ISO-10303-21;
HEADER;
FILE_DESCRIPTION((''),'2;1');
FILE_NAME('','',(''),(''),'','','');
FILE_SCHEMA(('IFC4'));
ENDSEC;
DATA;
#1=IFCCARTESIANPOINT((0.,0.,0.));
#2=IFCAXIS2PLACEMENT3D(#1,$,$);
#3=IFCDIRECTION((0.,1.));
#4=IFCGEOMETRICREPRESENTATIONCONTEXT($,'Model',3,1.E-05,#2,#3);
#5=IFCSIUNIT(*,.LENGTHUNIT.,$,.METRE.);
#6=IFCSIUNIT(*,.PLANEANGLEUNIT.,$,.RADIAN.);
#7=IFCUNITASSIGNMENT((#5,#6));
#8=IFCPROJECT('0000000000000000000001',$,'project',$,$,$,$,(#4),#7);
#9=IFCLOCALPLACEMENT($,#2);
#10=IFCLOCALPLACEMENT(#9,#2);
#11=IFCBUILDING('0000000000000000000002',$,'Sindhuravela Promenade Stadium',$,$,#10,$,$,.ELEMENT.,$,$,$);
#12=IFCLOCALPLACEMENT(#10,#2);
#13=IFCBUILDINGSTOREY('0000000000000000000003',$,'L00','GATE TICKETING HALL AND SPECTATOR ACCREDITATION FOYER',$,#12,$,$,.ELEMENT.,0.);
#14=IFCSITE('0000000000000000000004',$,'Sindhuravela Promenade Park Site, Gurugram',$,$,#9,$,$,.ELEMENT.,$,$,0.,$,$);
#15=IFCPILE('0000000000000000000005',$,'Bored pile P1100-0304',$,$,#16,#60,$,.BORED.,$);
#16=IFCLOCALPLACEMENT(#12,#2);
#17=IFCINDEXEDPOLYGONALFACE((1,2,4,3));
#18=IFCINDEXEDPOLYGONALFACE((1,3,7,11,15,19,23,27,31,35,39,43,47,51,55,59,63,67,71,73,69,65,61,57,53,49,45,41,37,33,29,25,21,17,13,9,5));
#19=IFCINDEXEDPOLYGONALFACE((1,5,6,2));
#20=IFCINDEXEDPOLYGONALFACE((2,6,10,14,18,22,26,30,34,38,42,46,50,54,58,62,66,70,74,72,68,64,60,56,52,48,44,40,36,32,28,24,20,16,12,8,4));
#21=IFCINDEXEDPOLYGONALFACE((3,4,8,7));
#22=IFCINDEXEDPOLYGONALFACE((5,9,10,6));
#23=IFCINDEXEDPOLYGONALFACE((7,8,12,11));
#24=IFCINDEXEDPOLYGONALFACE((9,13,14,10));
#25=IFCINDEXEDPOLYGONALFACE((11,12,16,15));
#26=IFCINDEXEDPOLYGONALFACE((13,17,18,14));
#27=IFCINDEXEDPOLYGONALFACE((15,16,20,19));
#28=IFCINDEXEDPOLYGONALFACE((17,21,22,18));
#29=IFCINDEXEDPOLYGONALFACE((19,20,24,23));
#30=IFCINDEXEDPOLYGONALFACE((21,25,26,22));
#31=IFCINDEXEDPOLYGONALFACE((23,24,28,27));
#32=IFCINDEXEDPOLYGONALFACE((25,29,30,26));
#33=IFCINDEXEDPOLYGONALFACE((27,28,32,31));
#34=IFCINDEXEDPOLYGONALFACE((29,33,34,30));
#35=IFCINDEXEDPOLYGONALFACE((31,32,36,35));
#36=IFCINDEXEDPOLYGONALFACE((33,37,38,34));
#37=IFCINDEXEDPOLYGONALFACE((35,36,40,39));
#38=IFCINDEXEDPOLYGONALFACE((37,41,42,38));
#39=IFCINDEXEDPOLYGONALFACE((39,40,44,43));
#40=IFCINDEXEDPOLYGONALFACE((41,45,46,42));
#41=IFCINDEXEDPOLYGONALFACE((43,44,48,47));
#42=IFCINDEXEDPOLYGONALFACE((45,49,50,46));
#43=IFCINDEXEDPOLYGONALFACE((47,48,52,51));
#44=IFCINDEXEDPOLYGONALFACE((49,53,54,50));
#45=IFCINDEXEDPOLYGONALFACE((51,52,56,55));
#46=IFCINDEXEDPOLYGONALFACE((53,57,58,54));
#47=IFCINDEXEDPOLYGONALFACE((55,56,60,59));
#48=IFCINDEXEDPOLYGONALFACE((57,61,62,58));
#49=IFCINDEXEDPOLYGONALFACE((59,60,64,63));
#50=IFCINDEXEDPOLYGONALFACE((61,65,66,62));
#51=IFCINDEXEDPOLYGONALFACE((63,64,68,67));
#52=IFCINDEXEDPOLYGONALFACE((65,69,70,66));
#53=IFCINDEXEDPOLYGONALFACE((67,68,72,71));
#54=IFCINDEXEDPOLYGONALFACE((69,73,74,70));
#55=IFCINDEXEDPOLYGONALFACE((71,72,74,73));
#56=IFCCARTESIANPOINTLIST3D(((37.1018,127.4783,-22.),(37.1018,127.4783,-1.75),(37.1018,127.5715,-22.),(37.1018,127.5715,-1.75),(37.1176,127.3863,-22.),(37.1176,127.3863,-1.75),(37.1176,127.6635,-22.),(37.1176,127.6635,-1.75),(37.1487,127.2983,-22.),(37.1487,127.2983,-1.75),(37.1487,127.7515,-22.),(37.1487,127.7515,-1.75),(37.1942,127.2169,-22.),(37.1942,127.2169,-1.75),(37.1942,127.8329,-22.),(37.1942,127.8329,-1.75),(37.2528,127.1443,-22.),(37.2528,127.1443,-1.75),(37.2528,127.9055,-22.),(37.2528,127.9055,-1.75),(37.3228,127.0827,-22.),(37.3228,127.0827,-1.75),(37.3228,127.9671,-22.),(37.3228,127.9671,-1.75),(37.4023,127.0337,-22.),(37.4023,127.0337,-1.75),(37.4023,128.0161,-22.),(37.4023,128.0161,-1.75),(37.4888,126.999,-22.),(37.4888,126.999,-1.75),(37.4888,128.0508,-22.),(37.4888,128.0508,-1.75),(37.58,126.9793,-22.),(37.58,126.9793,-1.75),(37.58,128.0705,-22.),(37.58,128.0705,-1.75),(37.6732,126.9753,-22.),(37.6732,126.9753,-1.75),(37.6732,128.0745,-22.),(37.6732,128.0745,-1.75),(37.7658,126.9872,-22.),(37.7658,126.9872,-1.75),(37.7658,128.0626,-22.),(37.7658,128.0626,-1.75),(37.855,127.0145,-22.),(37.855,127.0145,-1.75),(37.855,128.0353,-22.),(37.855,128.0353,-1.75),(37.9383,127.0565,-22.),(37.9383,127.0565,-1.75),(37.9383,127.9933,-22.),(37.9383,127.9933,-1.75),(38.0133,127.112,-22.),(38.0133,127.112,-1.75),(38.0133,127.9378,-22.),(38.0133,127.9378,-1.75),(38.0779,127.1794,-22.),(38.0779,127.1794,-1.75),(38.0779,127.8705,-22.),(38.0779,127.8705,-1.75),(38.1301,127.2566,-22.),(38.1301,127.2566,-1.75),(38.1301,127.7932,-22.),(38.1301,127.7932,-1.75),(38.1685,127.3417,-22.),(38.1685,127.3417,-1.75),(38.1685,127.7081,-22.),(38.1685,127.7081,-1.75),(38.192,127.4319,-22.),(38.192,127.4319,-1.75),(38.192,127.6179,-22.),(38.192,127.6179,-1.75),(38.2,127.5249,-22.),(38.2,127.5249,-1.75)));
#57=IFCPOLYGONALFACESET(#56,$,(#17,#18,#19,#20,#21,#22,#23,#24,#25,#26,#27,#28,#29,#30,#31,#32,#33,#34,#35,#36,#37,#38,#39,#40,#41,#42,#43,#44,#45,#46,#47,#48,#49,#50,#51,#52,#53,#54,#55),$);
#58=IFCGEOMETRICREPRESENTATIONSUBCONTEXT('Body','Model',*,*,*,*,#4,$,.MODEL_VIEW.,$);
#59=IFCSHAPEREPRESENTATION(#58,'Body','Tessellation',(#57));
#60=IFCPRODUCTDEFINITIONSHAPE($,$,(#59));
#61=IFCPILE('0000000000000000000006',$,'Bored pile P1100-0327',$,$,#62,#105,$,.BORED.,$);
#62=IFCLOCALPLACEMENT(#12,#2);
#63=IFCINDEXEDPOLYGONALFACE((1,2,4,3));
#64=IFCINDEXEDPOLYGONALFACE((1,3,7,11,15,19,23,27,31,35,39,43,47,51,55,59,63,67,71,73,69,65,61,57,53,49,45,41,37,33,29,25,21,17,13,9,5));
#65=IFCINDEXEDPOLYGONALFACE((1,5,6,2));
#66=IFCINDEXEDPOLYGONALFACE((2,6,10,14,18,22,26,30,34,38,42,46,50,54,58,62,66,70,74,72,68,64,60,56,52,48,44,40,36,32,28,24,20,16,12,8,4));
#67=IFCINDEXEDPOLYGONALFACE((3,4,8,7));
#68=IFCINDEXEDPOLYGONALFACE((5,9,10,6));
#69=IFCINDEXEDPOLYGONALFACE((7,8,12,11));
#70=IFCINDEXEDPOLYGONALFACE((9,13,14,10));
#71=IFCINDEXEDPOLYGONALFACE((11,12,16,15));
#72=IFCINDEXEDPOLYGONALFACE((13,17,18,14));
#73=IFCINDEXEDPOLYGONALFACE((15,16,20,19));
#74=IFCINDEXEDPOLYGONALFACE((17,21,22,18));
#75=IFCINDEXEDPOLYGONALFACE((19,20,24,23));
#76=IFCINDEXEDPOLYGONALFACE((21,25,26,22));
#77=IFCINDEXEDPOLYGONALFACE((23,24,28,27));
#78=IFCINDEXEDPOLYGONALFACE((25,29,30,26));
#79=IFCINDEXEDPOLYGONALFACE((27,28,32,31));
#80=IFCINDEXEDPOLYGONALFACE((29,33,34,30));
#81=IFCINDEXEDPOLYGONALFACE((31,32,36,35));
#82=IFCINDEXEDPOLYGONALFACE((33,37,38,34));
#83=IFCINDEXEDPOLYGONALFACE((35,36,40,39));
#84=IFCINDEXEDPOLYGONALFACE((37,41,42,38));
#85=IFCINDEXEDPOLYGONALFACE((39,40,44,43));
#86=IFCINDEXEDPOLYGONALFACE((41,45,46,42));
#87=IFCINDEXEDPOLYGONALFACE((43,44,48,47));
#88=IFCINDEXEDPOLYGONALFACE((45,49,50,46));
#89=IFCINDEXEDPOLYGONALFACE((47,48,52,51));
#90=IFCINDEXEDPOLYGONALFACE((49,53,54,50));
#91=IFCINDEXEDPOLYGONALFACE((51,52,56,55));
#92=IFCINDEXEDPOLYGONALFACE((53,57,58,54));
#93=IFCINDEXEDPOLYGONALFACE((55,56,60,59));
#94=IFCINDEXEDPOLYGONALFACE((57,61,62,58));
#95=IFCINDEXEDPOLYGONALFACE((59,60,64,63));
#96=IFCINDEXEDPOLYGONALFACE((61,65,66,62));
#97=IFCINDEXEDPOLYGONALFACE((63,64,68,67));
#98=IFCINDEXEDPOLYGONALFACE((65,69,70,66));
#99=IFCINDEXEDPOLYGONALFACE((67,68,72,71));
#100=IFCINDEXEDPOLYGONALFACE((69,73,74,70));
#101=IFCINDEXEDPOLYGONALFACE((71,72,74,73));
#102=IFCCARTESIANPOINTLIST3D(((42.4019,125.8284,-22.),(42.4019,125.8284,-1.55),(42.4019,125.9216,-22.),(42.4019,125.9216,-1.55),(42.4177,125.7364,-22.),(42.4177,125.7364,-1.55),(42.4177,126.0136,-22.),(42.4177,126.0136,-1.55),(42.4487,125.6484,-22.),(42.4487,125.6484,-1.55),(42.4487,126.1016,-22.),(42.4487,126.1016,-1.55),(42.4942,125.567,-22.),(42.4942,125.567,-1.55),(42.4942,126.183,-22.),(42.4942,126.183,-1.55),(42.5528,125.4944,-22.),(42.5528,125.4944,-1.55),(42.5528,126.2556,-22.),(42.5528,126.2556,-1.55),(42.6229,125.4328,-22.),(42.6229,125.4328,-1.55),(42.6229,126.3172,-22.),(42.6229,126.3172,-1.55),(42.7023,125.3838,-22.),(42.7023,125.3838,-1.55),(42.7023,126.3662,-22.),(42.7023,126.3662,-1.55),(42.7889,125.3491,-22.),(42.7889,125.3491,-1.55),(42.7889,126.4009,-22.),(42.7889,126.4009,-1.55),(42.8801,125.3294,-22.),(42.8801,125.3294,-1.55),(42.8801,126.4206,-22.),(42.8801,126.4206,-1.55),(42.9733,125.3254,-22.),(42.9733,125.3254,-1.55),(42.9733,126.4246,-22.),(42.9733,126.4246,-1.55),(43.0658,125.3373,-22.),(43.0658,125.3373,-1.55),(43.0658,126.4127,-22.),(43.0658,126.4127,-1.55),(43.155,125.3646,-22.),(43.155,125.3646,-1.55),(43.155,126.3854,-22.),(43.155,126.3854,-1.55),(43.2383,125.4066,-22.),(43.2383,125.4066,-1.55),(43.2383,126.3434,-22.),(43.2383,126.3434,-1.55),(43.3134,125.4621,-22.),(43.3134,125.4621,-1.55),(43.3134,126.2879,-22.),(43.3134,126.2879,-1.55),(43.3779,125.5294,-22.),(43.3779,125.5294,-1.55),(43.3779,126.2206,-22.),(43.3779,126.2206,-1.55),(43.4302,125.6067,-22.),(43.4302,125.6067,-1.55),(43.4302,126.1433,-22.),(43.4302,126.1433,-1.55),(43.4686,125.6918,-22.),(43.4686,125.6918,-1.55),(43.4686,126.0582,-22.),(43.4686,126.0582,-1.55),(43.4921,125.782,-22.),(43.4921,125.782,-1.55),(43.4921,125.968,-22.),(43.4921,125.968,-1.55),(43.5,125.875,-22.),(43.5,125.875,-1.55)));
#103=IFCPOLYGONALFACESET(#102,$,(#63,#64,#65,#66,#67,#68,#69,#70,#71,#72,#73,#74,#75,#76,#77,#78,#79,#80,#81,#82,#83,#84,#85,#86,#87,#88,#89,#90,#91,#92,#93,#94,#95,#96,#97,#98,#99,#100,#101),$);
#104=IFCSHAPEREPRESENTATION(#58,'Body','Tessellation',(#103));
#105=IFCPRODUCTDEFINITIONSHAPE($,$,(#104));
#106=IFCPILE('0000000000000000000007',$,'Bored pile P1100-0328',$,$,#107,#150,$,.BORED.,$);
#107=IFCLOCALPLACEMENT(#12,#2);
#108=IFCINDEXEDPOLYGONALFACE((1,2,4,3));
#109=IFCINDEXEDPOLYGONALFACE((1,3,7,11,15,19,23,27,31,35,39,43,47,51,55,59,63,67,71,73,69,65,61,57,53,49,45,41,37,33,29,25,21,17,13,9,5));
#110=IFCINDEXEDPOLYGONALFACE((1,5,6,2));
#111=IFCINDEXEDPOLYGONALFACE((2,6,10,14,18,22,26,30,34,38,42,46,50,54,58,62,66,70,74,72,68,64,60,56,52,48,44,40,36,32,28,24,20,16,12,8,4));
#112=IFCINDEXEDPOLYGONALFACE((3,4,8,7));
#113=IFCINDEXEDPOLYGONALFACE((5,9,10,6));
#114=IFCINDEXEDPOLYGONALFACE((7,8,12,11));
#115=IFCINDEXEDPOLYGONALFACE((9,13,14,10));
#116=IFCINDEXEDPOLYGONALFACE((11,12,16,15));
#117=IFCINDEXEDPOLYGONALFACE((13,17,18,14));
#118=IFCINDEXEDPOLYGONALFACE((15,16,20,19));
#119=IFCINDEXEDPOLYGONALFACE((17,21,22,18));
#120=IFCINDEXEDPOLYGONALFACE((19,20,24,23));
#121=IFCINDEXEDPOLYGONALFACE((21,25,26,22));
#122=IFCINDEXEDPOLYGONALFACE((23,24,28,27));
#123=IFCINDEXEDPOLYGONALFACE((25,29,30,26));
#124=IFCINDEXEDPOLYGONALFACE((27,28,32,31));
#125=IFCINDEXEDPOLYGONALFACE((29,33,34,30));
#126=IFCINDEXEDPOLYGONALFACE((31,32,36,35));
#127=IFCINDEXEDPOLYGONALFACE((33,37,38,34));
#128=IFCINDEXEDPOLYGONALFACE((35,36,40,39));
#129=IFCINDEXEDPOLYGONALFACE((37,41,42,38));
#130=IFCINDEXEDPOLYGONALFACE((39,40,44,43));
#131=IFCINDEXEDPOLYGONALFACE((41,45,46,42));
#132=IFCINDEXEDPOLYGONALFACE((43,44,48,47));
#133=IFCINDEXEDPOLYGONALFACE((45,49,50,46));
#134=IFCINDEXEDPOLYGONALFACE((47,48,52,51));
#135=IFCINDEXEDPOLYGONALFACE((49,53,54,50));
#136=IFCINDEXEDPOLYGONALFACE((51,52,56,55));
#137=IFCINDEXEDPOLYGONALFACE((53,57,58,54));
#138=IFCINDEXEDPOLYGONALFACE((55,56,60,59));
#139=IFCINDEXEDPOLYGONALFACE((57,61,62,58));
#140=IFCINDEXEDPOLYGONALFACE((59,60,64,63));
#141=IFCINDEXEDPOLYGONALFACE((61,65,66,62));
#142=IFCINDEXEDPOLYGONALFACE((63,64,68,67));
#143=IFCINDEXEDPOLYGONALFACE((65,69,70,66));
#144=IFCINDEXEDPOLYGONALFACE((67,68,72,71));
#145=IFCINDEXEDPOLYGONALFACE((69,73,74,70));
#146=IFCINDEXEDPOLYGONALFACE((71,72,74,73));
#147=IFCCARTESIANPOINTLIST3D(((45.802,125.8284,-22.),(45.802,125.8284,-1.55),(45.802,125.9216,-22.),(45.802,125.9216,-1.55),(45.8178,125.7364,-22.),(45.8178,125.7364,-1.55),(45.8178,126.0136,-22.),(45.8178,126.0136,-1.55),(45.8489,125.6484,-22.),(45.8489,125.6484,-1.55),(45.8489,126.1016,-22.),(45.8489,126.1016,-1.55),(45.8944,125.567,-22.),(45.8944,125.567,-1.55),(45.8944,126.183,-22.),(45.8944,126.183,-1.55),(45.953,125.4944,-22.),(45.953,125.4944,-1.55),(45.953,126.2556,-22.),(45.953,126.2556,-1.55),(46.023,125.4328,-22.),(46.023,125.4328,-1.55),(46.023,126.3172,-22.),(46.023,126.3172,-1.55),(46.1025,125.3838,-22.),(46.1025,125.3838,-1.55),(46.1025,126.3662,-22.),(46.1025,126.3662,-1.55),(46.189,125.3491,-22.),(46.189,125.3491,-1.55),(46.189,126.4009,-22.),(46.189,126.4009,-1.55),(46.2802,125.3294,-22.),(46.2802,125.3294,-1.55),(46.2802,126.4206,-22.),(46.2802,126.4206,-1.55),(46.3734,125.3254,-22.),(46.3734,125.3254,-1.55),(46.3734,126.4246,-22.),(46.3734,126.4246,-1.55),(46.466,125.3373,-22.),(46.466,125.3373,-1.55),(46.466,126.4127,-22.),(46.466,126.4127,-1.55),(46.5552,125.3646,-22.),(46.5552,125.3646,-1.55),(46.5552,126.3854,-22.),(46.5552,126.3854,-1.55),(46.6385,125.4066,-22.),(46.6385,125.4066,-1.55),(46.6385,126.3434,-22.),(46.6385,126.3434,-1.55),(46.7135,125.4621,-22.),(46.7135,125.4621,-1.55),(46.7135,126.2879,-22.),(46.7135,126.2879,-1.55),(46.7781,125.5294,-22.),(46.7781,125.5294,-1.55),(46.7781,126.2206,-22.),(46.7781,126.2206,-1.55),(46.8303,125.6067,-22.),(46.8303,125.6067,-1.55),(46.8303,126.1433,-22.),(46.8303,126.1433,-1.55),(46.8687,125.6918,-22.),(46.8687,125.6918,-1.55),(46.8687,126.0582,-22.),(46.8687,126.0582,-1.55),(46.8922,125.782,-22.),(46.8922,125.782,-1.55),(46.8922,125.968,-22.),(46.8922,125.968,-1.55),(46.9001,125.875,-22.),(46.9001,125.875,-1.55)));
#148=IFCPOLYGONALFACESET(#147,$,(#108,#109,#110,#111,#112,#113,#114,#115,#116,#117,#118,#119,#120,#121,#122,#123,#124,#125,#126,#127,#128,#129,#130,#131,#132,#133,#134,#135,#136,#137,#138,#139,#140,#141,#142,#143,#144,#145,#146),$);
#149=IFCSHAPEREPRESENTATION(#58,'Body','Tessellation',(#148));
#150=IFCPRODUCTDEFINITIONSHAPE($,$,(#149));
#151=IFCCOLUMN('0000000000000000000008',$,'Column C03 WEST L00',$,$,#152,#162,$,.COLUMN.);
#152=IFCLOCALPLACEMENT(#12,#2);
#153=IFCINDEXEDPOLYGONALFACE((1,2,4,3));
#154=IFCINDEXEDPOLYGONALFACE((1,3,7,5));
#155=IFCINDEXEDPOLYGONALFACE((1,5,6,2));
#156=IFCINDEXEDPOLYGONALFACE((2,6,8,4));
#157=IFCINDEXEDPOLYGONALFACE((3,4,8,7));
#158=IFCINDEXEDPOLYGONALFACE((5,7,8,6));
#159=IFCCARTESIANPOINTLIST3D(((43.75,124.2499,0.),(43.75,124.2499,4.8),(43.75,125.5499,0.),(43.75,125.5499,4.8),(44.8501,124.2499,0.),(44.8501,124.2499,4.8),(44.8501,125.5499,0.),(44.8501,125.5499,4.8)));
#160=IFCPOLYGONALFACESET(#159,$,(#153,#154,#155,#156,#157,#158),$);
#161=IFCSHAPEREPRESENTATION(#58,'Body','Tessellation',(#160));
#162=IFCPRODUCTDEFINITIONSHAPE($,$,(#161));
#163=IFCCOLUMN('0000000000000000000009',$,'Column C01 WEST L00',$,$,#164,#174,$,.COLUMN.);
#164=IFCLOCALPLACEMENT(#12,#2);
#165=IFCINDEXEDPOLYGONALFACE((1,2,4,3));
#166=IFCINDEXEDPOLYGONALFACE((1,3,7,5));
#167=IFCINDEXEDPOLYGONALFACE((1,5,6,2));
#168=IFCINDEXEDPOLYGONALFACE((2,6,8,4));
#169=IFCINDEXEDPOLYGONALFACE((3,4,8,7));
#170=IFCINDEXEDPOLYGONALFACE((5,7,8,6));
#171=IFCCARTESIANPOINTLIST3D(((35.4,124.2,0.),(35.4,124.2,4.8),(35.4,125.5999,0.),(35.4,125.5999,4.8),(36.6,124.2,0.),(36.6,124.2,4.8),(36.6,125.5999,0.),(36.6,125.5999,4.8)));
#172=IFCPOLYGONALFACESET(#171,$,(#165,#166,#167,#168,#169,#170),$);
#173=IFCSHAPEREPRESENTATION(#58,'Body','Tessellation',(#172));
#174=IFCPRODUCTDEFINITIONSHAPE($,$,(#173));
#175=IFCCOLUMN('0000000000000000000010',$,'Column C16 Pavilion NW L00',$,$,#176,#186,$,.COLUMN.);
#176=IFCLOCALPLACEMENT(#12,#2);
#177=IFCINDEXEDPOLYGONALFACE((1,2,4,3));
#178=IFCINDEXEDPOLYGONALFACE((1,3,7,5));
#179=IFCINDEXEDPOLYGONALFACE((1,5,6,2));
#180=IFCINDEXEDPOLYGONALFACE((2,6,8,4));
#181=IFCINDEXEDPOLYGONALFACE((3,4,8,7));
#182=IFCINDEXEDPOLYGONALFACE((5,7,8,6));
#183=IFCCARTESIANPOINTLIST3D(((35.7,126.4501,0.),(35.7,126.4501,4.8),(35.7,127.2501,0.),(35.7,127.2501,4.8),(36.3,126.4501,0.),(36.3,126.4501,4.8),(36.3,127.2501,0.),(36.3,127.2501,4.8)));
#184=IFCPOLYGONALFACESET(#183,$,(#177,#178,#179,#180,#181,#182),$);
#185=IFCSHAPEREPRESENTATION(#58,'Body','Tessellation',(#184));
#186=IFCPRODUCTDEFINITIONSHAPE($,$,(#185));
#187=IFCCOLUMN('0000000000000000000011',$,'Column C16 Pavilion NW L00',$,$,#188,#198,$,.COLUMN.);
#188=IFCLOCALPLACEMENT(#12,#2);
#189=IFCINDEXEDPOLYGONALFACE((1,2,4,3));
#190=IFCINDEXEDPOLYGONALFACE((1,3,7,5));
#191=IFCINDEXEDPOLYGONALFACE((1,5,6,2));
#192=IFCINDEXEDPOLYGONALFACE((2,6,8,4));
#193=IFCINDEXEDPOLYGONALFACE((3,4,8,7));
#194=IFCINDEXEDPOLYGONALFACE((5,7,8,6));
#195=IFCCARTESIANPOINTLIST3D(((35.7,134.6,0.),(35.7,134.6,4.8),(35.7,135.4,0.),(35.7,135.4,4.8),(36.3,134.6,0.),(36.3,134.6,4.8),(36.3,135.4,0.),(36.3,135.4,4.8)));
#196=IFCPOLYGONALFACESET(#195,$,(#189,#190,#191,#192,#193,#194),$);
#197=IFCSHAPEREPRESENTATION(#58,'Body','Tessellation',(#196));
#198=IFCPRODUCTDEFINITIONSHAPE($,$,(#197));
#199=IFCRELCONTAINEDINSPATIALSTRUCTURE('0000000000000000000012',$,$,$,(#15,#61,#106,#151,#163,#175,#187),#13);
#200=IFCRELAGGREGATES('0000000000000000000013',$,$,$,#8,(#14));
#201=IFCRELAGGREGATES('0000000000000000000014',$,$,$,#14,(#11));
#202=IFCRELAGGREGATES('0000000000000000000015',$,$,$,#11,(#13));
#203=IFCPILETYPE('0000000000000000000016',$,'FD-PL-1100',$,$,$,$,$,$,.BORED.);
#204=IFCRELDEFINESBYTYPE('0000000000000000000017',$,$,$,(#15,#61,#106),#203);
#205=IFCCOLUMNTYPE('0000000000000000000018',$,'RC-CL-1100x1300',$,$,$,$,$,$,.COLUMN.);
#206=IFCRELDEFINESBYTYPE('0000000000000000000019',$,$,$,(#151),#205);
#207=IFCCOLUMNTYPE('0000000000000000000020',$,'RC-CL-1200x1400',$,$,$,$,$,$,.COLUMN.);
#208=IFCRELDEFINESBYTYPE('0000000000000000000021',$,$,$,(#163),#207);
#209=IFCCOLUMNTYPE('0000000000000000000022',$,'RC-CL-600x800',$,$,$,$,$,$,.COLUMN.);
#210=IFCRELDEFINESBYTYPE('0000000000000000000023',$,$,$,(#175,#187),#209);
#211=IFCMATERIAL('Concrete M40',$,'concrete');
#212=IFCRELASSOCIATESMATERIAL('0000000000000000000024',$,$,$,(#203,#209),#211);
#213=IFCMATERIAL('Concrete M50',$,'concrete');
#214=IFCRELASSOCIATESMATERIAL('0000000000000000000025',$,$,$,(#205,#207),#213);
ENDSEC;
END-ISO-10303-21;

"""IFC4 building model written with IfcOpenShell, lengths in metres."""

from ifc_helpers import new_model, si_unit, direction, frame, origin, origin_2d, place, context, subcontext, project, spatial, rectangle, circle, extrude, material, material_profile, profile_set, type_object, element, save


model = new_model("IFC4")

# Units and contexts
model_context = context("Model", 3, precision=1e-05, world=origin(), true_north=direction((0.0, 1.0)))
body_context = subcontext(model_context, "Body", "Model", "MODEL_VIEW")
ifc_project = project(units=[si_unit("LENGTHUNIT", "METRE"), si_unit("PLANEANGLEUNIT", "RADIAN")], contexts=[model_context])

# Site, building, storey
site_placement = place(None, origin())
site = spatial("IfcSite", under=ifc_project, at=site_placement, Name="Sindhuravela Promenade Park Site, Gurugram", CompositionType="ELEMENT", RefElevation=0.0)
building_placement = place(site_placement, origin())
building = spatial("IfcBuilding", under=site, at=building_placement, Name="Sindhuravela Promenade Stadium", CompositionType="ELEMENT")
storey_placement = place(building_placement, origin())
storey = spatial("IfcBuildingStorey", under=building, at=storey_placement, Name="L00", Description="GATE TICKETING HALL AND SPECTATOR ACCREDITATION FOYER", CompositionType="ELEMENT", Elevation=0.0)

# Shared definitions
ifc_material_1 = material(Name="Concrete M50", Category="concrete")

# Piles
ifc_material_2 = material(Name="Concrete M40", Category="concrete")
ifc_material_profile_1 = material_profile(ifc_material_2, circle(Radius=0.55, at=origin_2d()), Name="BORED PILE D1100")
ifc_profile_set_1 = profile_set([ifc_material_profile_1], Name="Concrete M40")
pile_type_1 = type_object("IfcPileType", Name="FD-PL-1100", PredefinedType="BORED", material=ifc_profile_set_1)
for number, where, z_axis, x_axis, name in (
    (1, (37.6499, 127.5249, -1.75), (0.0, 0.0, -1.0), (1.0, 0.0, 0.0), "Bored pile P1100-0304"),
):
    element("IfcPile", number, at=place(storey_placement, frame(where, z_axis=z_axis, x_axis=x_axis)), inside=storey, type_object=pile_type_1, Name=name, PredefinedType="BORED", context=body_context, shape_type="SweptSolid", body=[
        extrude(circle(Radius=0.55, at=origin_2d()), origin(), (0.0, 0.0, 1.0), 20.25),
    ])
for number, where, z_axis, x_axis, name in (
    (2, (42.95, 125.875, -1.55), (0.0, 0.0, -1.0), (1.0, 0.0, 0.0), "Bored pile P1100-0327"),
    (3, (46.3501, 125.875, -1.55), (0.0, 0.0, -1.0), (1.0, 0.0, 0.0), "Bored pile P1100-0328"),
):
    element("IfcPile", number, at=place(storey_placement, frame(where, z_axis=z_axis, x_axis=x_axis)), inside=storey, type_object=pile_type_1, Name=name, PredefinedType="BORED", context=body_context, shape_type="SweptSolid", body=[
        extrude(circle(Radius=0.55, at=origin_2d()), origin(), (0.0, 0.0, 1.0), 20.45),
    ])

# Columns
ifc_material_profile_2 = material_profile(ifc_material_1, rectangle(XDim=1.1001, YDim=1.3, at=origin_2d()), Name="RC 1100x1300")
ifc_profile_set_2 = profile_set([ifc_material_profile_2], Name="Concrete M50")
column_type_1 = type_object("IfcColumnType", Name="RC-CL-1100x1300", PredefinedType="COLUMN", material=ifc_profile_set_2)
column_1_placement = place(storey_placement, frame((44.3, 124.8999, 0.0), z_axis=(0.0, 0.0, 1.0), x_axis=(1.0, 0.0, 0.0)))
element("IfcColumn", 4, at=column_1_placement, inside=storey, type_object=column_type_1, Name="Column C03 WEST L00", PredefinedType="COLUMN", context=body_context, shape_type="SweptSolid", body=[
    extrude(rectangle(XDim=1.1001, YDim=1.3, at=origin_2d()), origin(), (0.0, 0.0, 1.0), 4.8),
])
ifc_material_profile_3 = material_profile(ifc_material_1, rectangle(XDim=1.2, YDim=1.3999, at=origin_2d()), Name="RC 1200x1400")
ifc_profile_set_3 = profile_set([ifc_material_profile_3], Name="Concrete M50")
column_type_2 = type_object("IfcColumnType", Name="RC-CL-1200x1400", PredefinedType="COLUMN", material=ifc_profile_set_3)
column_2_placement = place(storey_placement, frame((36.0, 124.8999, 0.0), z_axis=(0.0, 0.0, 1.0), x_axis=(1.0, 0.0, 0.0)))
element("IfcColumn", 5, at=column_2_placement, inside=storey, type_object=column_type_2, Name="Column C01 WEST L00", PredefinedType="COLUMN", context=body_context, shape_type="SweptSolid", body=[
    extrude(rectangle(XDim=1.2, YDim=1.3999, at=origin_2d()), origin(), (0.0, 0.0, 1.0), 4.8),
])
ifc_material_profile_4 = material_profile(ifc_material_2, rectangle(XDim=0.6001, YDim=0.8, at=origin_2d()), Name="RC 600x800")
ifc_profile_set_4 = profile_set([ifc_material_profile_4], Name="Concrete M40")
column_type_3 = type_object("IfcColumnType", Name="RC-CL-600x800", PredefinedType="COLUMN", material=ifc_profile_set_4)
for number, where, z_axis, x_axis, name in (
    (6, (36.0, 126.8501, 0.0), (0.0, 0.0, 1.0), (1.0, 0.0, 0.0), "Column C16 Pavilion NW L00"),
    (7, (36.0, 135.0, 0.0), (0.0, 0.0, 1.0), (1.0, 0.0, 0.0), "Column C16 Pavilion NW L00"),
):
    element("IfcColumn", number, at=place(storey_placement, frame(where, z_axis=z_axis, x_axis=x_axis)), inside=storey, type_object=column_type_3, Name=name, PredefinedType="COLUMN", context=body_context, shape_type="SweptSolid", body=[
        extrude(rectangle(XDim=0.6001, YDim=0.8, at=origin_2d()), origin(), (0.0, 0.0, 1.0), 4.8),
    ])

save(model, "model.ifc")
